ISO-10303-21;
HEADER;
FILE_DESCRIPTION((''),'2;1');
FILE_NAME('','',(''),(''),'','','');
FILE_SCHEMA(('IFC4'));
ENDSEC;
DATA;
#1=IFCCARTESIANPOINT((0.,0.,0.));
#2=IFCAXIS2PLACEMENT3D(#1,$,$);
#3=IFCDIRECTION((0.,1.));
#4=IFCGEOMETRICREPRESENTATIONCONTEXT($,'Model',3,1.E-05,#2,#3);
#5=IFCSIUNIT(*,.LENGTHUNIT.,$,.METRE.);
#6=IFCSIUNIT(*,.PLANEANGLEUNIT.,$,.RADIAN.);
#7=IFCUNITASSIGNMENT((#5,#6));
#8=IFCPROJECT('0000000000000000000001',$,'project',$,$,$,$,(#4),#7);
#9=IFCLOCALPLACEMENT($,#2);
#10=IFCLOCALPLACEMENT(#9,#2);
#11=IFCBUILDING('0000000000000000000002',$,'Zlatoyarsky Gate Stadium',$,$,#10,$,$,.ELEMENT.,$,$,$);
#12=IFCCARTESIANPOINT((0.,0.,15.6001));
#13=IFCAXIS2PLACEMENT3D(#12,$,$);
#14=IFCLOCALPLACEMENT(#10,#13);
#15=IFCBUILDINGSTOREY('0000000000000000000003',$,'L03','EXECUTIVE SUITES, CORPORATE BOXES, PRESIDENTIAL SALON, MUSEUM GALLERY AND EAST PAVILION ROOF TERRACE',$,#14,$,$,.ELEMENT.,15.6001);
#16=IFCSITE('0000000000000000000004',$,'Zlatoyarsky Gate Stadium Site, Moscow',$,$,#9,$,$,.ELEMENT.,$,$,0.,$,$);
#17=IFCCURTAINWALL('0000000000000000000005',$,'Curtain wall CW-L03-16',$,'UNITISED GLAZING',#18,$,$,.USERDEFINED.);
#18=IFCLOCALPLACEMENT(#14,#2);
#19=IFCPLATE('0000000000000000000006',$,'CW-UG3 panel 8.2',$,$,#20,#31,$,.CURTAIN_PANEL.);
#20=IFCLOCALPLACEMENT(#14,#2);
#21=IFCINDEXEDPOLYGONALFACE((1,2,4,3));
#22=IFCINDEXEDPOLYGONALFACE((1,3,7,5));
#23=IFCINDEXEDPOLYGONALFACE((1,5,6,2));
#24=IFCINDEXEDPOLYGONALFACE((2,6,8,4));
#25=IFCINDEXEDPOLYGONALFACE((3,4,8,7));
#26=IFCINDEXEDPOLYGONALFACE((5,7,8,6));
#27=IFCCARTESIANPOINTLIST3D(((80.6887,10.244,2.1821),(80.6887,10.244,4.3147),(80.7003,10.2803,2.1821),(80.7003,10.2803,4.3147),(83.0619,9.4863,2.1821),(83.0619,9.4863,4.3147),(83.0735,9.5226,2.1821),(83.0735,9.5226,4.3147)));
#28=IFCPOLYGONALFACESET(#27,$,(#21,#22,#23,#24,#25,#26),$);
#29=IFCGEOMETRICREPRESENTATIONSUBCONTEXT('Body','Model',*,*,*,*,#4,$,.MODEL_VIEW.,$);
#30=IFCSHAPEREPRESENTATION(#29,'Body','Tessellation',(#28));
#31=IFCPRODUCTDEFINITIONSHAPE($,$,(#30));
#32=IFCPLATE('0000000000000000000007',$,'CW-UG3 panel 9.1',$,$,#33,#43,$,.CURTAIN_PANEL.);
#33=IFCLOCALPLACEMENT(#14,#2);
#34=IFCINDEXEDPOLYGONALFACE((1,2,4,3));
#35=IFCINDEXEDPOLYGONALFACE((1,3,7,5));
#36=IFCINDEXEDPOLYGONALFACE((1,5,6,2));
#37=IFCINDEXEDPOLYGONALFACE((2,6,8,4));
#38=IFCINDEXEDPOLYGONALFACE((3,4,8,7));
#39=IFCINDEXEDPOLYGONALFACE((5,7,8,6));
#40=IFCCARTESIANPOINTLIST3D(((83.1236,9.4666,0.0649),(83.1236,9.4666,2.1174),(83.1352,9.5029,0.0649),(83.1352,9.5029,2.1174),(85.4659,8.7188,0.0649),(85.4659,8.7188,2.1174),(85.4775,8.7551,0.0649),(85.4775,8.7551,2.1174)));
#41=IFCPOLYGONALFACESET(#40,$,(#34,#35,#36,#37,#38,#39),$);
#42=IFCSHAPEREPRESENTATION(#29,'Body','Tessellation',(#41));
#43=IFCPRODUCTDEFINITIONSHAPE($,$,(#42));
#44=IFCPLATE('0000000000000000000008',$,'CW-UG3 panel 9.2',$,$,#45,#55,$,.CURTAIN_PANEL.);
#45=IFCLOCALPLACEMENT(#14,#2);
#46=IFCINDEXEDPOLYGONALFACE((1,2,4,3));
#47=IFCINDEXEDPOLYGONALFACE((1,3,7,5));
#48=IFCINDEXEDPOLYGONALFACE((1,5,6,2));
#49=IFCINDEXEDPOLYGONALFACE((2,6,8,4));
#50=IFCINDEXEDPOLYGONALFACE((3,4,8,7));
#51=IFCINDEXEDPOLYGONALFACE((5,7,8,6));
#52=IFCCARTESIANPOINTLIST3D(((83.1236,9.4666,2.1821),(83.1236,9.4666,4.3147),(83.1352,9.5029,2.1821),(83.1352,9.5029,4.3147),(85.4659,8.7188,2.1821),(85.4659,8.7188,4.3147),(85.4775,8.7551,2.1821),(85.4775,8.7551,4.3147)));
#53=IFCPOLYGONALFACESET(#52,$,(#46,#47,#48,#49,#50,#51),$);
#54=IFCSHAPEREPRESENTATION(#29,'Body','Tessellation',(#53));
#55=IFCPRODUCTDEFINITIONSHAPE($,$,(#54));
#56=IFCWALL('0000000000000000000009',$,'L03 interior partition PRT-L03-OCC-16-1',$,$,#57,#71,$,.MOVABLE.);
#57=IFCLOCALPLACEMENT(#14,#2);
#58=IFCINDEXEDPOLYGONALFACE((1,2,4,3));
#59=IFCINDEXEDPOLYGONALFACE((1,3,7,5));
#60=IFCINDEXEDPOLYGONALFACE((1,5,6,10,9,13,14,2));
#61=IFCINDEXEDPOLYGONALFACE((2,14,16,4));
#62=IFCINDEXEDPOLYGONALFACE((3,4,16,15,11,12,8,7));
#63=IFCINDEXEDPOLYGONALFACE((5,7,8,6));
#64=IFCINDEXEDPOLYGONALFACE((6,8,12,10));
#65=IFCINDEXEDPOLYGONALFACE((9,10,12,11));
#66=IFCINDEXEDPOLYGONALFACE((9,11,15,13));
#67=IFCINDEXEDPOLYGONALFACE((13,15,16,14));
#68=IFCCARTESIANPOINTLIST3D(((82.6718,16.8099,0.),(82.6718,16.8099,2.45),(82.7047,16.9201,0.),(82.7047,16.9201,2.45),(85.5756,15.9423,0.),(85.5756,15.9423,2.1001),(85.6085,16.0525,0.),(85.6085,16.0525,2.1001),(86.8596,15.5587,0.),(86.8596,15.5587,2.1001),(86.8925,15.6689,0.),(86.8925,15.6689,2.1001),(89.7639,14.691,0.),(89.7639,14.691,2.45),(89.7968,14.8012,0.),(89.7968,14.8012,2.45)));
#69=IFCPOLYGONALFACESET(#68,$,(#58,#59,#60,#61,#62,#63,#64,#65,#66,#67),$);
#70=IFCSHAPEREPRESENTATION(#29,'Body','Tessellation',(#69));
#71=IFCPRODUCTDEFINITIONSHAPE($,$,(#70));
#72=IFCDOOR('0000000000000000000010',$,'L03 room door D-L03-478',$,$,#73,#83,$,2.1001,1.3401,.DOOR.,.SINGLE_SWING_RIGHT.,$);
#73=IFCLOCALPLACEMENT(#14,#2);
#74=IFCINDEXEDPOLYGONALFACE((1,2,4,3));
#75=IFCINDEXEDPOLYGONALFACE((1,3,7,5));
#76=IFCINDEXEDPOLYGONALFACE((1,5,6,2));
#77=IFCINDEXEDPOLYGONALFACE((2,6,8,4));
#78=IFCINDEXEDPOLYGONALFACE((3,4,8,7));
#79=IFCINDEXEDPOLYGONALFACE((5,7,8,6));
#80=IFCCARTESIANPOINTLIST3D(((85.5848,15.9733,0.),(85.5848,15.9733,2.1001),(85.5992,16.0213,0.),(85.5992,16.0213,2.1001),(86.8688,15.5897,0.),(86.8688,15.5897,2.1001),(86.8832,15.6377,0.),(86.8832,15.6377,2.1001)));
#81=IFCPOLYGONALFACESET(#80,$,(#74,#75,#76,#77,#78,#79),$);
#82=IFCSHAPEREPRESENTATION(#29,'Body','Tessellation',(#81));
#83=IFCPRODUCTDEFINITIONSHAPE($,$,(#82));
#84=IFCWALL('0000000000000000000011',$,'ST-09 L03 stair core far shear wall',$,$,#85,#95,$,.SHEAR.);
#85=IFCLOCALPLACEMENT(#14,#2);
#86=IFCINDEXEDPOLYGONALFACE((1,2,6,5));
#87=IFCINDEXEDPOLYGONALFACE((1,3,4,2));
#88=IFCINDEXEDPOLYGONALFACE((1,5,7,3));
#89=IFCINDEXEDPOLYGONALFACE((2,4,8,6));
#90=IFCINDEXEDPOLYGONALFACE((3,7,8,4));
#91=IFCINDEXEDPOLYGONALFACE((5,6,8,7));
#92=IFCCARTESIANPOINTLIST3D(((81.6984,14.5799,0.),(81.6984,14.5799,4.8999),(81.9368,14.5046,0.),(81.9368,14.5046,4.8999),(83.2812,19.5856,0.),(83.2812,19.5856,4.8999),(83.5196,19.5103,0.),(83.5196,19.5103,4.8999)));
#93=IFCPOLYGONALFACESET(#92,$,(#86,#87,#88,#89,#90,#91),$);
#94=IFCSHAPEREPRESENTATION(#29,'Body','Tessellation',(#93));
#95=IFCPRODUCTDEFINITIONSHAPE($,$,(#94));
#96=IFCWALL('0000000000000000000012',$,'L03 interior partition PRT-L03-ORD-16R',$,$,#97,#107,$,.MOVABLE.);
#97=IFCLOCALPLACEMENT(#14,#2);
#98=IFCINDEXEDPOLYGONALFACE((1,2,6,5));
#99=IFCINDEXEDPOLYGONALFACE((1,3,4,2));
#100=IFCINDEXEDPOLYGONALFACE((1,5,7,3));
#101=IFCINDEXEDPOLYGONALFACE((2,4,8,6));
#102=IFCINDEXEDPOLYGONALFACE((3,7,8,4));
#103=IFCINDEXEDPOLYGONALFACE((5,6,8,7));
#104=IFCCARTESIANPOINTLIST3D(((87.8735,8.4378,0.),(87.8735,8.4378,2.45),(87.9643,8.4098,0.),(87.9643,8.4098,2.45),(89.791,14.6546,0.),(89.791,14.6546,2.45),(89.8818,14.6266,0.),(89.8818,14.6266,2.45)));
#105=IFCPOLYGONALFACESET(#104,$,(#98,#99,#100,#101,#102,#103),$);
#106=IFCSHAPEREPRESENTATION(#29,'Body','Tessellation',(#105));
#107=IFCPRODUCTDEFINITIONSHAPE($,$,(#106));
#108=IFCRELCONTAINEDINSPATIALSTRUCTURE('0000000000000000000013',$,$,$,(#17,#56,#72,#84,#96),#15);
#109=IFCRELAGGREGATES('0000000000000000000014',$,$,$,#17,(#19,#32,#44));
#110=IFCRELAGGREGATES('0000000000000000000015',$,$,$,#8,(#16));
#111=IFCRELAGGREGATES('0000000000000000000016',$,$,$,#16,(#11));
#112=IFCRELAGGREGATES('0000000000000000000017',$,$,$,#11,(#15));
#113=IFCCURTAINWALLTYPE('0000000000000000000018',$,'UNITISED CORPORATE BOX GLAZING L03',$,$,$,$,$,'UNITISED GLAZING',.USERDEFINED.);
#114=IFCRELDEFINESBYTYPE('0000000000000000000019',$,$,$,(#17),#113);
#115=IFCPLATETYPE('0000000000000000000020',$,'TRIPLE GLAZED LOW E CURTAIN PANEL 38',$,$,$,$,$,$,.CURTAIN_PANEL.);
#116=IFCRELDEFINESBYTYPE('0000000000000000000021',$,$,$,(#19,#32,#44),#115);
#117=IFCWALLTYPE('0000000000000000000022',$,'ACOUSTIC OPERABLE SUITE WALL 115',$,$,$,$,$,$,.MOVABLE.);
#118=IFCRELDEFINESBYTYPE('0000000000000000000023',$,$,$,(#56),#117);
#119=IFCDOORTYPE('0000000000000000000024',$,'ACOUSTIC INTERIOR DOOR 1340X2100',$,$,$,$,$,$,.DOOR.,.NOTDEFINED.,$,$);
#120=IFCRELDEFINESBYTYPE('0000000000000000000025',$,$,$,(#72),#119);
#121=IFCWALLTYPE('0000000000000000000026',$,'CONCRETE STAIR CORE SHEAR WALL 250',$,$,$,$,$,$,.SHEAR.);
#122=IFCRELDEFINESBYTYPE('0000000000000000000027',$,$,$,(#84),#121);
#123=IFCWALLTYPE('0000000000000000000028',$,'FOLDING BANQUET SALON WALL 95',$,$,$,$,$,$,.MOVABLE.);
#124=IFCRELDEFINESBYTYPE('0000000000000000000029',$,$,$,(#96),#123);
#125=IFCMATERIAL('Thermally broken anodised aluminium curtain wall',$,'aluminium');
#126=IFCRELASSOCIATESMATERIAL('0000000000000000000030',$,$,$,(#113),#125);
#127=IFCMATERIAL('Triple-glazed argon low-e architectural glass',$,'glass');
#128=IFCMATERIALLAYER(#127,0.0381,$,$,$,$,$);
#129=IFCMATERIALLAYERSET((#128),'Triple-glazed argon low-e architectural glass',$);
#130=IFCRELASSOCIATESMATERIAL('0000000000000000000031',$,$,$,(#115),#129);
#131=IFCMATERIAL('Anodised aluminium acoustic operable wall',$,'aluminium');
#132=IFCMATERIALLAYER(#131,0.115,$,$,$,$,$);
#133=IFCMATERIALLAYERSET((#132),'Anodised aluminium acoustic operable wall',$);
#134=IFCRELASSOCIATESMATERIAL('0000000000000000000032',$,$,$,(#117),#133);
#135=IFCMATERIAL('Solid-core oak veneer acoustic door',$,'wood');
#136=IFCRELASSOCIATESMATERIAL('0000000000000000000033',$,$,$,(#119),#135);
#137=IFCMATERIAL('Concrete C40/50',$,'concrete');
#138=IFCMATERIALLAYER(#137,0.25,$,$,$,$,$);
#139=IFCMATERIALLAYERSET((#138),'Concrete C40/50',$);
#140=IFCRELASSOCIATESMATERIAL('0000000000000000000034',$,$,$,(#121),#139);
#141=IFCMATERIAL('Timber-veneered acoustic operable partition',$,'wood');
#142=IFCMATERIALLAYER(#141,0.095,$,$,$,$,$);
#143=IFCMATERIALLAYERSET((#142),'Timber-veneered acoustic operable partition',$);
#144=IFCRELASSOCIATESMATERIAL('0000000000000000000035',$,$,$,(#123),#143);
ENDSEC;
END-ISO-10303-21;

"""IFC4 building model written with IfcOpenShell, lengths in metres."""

from ifc_helpers import new_model, si_unit, direction, frame, frame_2d, origin, origin_2d, place, context, subcontext, project, spatial, rectangle, extrude, material, layer, layer_set, type_object, element, fill, aggregate, save


model = new_model("IFC4")

# Units and contexts
model_context = context("Model", 3, precision=1e-05, world=origin(), true_north=direction((0.0, 1.0)))
body_context = subcontext(model_context, "Body", "Model", "MODEL_VIEW")
ifc_project = project(units=[si_unit("LENGTHUNIT", "METRE"), si_unit("PLANEANGLEUNIT", "RADIAN")], contexts=[model_context])

# Site, building, storey
site_placement = place(None, origin())
site = spatial("IfcSite", under=ifc_project, at=site_placement, Name="Zlatoyarsky Gate Stadium Site, Moscow", CompositionType="ELEMENT", RefElevation=0.0)
building_placement = place(site_placement, origin())
building = spatial("IfcBuilding", under=site, at=building_placement, Name="Zlatoyarsky Gate Stadium", CompositionType="ELEMENT")
storey_placement = place(building_placement, frame((0.0, 0.0, 15.6001)))
storey = spatial("IfcBuildingStorey", under=building, at=storey_placement, Name="L03", Description="EXECUTIVE SUITES, CORPORATE BOXES, PRESIDENTIAL SALON, MUSEUM GALLERY AND EAST PAVILION ROOF TERRACE", CompositionType="ELEMENT", Elevation=15.6001)

# Curtain wall
ifc_material_1 = material(Name="Thermally broken anodised aluminium curtain wall", Category="aluminium")
curtain_wall_type = type_object("IfcCurtainWallType", Name="UNITISED CORPORATE BOX GLAZING L03", ElementType="UNITISED GLAZING", PredefinedType="USERDEFINED", material=ifc_material_1)
curtain_wall_1_placement = place(storey_placement, origin())
curtain_wall_1 = element("IfcCurtainWall", 1, at=curtain_wall_1_placement, inside=storey, type_object=curtain_wall_type, Name="Curtain wall CW-L03-16", ObjectType="UNITISED GLAZING", PredefinedType="USERDEFINED")

# Plates
ifc_material_2 = material(Name="Triple-glazed argon low-e architectural glass", Category="glass")
ifc_layer_1 = layer(ifc_material_2, 0.0381)
ifc_layer_set_1 = layer_set([ifc_layer_1], Name="Triple-glazed argon low-e architectural glass")
plate_type_1 = type_object("IfcPlateType", Name="TRIPLE GLAZED LOW E CURTAIN PANEL 38", PredefinedType="CURTAIN_PANEL", material=ifc_layer_set_1)
plate_1_placement = place(storey_placement, frame((81.8811, 9.8833, 2.1821), z_axis=(0.0, 0.0, 1.0), x_axis=(0.95262, -0.304162, 0.0)))
plate_1 = element("IfcPlate", 2, at=plate_1_placement, type_object=plate_type_1, Name="CW-UG3 panel 8.2", PredefinedType="CURTAIN_PANEL", context=body_context, shape_type="SweptSolid", body=[
    extrude(rectangle(XDim=2.4912, YDim=0.0381, at=origin_2d()), origin(), (0.0, 0.0, 1.0), 2.1326),
])
plate_2_placement = place(storey_placement, frame((84.3005, 9.1108, 0.0649), z_axis=(0.0, 0.0, 1.0), x_axis=(0.95262, -0.304162, 0.0)))
plate_2 = element("IfcPlate", 3, at=plate_2_placement, type_object=plate_type_1, Name="CW-UG3 panel 9.1", PredefinedType="CURTAIN_PANEL", context=body_context, shape_type="SweptSolid", body=[
    extrude(rectangle(XDim=2.4587, YDim=0.0381, at=origin_2d()), origin(), (0.0, 0.0, 1.0), 2.0525),
])
plate_3_placement = place(storey_placement, frame((84.3005, 9.1108, 2.1821), z_axis=(0.0, 0.0, 1.0), x_axis=(0.95262, -0.304162, 0.0)))
plate_3 = element("IfcPlate", 4, at=plate_3_placement, type_object=plate_type_1, Name="CW-UG3 panel 9.2", PredefinedType="CURTAIN_PANEL", context=body_context, shape_type="SweptSolid", body=[
    extrude(rectangle(XDim=2.4587, YDim=0.0381, at=origin_2d()), origin(), (0.0, 0.0, 1.0), 2.1326),
])
aggregate(curtain_wall_1, [plate_1, plate_2, plate_3])

# Wall, opening, door
ifc_material_3 = material(Name="Anodised aluminium acoustic operable wall", Category="aluminium")
ifc_layer_2 = layer(ifc_material_3, 0.115)
ifc_layer_set_2 = layer_set([ifc_layer_2], Name="Anodised aluminium acoustic operable wall")
wall_type_1 = type_object("IfcWallType", Name="ACOUSTIC OPERABLE SUITE WALL 115", PredefinedType="MOVABLE", material=ifc_layer_set_2)
wall_1_placement = place(storey_placement, frame((82.6882, 16.865, 0.0), z_axis=(0.0, 0.0, 1.0), x_axis=(0.95815, -0.286267, 0.0)))
wall_1 = element("IfcWall", 5, at=wall_1_placement, inside=storey, type_object=wall_type_1, Name="L03 interior partition PRT-L03-OCC-16-1", PredefinedType="MOVABLE", context=body_context, shape_type="SweptSolid", body=[
    extrude(rectangle(XDim=7.4019, YDim=0.115, at=frame_2d((3.7009, 0.0))), origin(), (0.0, 0.0, 1.0), 2.45),
])
opening_placement = place(wall_1_placement, frame((3.0308, 0.0, 0.0)))
opening = element("IfcOpeningElement", 6, at=opening_placement, cuts=wall_1, PredefinedType="OPENING", context=body_context, shape_type="SweptSolid", body=[
    extrude(rectangle(XDim=1.3401, YDim=2.1001, at=frame_2d((0.6699, 1.05))), frame((0.0, 0.0674, 0.0), z_axis=(0.0, -1.0, 0.0), x_axis=(1.0, 0.0, 0.0)), (0.0, 0.0, 1.0), 0.135),
])
ifc_material_4 = material(Name="Solid-core oak veneer acoustic door", Category="wood")
door_type = type_object("IfcDoorType", Name="ACOUSTIC INTERIOR DOOR 1340X2100", OperationType="NOTDEFINED", PredefinedType="DOOR", material=ifc_material_4)
door_placement = place(opening_placement, origin())
door = element("IfcDoor", 7, at=door_placement, inside=storey, type_object=door_type, Name="L03 room door D-L03-478", OperationType="SINGLE_SWING_RIGHT", OverallHeight=2.1001, OverallWidth=1.3401, PredefinedType="DOOR", context=body_context, shape_type="SweptSolid", body=[
    extrude(rectangle(XDim=1.3401, YDim=2.1001, at=frame_2d((0.6699, 1.05))), frame((0.0, 0.0249, 0.0), z_axis=(0.0, -1.0, 0.0), x_axis=(1.0, 0.0, 0.0)), (0.0, 0.0, 1.0), 0.05),
])
fill(opening, door)

# Walls
ifc_material_5 = material(Name="Concrete C40/50", Category="concrete")
ifc_layer_3 = layer(ifc_material_5, 0.25)
ifc_layer_set_3 = layer_set([ifc_layer_3], Name="Concrete C40/50")
wall_type_2 = type_object("IfcWallType", Name="CONCRETE STAIR CORE SHEAR WALL 250", PredefinedType="SHEAR", material=ifc_layer_set_3)
wall_2_placement = place(storey_placement, frame((81.8176, 14.5422, 0.0), z_axis=(0.0, 0.0, 1.0), x_axis=(0.301485, 0.953471, 0.0)))
element("IfcWall", 8, at=wall_2_placement, inside=storey, type_object=wall_type_2, Name="ST-09 L03 stair core far shear wall", PredefinedType="SHEAR", context=body_context, shape_type="SweptSolid", body=[
    extrude(rectangle(XDim=5.25, YDim=0.25, at=frame_2d((2.625, 0.0))), origin(), (0.0, 0.0, 1.0), 4.8999),
])
ifc_material_6 = material(Name="Timber-veneered acoustic operable partition", Category="wood")
ifc_layer_4 = layer(ifc_material_6, 0.095)
ifc_layer_set_4 = layer_set([ifc_layer_4], Name="Timber-veneered acoustic operable partition")
wall_type_3 = type_object("IfcWallType", Name="FOLDING BANQUET SALON WALL 95", PredefinedType="MOVABLE", material=ifc_layer_set_4)
wall_3_placement = place(storey_placement, frame((89.8364, 14.6406, 0.0), z_axis=(0.0, 0.0, 1.0), x_axis=(-0.294734, -0.955579, 0.0)))
element("IfcWall", 9, at=wall_3_placement, inside=storey, type_object=wall_type_3, Name="L03 interior partition PRT-L03-ORD-16R", PredefinedType="MOVABLE", context=body_context, shape_type="SweptSolid", body=[
    extrude(rectangle(XDim=6.5059, YDim=0.095, at=frame_2d((3.2529, 0.0))), origin(), (0.0, 0.0, 1.0), 2.45),
])

save(model, "model.ifc")
